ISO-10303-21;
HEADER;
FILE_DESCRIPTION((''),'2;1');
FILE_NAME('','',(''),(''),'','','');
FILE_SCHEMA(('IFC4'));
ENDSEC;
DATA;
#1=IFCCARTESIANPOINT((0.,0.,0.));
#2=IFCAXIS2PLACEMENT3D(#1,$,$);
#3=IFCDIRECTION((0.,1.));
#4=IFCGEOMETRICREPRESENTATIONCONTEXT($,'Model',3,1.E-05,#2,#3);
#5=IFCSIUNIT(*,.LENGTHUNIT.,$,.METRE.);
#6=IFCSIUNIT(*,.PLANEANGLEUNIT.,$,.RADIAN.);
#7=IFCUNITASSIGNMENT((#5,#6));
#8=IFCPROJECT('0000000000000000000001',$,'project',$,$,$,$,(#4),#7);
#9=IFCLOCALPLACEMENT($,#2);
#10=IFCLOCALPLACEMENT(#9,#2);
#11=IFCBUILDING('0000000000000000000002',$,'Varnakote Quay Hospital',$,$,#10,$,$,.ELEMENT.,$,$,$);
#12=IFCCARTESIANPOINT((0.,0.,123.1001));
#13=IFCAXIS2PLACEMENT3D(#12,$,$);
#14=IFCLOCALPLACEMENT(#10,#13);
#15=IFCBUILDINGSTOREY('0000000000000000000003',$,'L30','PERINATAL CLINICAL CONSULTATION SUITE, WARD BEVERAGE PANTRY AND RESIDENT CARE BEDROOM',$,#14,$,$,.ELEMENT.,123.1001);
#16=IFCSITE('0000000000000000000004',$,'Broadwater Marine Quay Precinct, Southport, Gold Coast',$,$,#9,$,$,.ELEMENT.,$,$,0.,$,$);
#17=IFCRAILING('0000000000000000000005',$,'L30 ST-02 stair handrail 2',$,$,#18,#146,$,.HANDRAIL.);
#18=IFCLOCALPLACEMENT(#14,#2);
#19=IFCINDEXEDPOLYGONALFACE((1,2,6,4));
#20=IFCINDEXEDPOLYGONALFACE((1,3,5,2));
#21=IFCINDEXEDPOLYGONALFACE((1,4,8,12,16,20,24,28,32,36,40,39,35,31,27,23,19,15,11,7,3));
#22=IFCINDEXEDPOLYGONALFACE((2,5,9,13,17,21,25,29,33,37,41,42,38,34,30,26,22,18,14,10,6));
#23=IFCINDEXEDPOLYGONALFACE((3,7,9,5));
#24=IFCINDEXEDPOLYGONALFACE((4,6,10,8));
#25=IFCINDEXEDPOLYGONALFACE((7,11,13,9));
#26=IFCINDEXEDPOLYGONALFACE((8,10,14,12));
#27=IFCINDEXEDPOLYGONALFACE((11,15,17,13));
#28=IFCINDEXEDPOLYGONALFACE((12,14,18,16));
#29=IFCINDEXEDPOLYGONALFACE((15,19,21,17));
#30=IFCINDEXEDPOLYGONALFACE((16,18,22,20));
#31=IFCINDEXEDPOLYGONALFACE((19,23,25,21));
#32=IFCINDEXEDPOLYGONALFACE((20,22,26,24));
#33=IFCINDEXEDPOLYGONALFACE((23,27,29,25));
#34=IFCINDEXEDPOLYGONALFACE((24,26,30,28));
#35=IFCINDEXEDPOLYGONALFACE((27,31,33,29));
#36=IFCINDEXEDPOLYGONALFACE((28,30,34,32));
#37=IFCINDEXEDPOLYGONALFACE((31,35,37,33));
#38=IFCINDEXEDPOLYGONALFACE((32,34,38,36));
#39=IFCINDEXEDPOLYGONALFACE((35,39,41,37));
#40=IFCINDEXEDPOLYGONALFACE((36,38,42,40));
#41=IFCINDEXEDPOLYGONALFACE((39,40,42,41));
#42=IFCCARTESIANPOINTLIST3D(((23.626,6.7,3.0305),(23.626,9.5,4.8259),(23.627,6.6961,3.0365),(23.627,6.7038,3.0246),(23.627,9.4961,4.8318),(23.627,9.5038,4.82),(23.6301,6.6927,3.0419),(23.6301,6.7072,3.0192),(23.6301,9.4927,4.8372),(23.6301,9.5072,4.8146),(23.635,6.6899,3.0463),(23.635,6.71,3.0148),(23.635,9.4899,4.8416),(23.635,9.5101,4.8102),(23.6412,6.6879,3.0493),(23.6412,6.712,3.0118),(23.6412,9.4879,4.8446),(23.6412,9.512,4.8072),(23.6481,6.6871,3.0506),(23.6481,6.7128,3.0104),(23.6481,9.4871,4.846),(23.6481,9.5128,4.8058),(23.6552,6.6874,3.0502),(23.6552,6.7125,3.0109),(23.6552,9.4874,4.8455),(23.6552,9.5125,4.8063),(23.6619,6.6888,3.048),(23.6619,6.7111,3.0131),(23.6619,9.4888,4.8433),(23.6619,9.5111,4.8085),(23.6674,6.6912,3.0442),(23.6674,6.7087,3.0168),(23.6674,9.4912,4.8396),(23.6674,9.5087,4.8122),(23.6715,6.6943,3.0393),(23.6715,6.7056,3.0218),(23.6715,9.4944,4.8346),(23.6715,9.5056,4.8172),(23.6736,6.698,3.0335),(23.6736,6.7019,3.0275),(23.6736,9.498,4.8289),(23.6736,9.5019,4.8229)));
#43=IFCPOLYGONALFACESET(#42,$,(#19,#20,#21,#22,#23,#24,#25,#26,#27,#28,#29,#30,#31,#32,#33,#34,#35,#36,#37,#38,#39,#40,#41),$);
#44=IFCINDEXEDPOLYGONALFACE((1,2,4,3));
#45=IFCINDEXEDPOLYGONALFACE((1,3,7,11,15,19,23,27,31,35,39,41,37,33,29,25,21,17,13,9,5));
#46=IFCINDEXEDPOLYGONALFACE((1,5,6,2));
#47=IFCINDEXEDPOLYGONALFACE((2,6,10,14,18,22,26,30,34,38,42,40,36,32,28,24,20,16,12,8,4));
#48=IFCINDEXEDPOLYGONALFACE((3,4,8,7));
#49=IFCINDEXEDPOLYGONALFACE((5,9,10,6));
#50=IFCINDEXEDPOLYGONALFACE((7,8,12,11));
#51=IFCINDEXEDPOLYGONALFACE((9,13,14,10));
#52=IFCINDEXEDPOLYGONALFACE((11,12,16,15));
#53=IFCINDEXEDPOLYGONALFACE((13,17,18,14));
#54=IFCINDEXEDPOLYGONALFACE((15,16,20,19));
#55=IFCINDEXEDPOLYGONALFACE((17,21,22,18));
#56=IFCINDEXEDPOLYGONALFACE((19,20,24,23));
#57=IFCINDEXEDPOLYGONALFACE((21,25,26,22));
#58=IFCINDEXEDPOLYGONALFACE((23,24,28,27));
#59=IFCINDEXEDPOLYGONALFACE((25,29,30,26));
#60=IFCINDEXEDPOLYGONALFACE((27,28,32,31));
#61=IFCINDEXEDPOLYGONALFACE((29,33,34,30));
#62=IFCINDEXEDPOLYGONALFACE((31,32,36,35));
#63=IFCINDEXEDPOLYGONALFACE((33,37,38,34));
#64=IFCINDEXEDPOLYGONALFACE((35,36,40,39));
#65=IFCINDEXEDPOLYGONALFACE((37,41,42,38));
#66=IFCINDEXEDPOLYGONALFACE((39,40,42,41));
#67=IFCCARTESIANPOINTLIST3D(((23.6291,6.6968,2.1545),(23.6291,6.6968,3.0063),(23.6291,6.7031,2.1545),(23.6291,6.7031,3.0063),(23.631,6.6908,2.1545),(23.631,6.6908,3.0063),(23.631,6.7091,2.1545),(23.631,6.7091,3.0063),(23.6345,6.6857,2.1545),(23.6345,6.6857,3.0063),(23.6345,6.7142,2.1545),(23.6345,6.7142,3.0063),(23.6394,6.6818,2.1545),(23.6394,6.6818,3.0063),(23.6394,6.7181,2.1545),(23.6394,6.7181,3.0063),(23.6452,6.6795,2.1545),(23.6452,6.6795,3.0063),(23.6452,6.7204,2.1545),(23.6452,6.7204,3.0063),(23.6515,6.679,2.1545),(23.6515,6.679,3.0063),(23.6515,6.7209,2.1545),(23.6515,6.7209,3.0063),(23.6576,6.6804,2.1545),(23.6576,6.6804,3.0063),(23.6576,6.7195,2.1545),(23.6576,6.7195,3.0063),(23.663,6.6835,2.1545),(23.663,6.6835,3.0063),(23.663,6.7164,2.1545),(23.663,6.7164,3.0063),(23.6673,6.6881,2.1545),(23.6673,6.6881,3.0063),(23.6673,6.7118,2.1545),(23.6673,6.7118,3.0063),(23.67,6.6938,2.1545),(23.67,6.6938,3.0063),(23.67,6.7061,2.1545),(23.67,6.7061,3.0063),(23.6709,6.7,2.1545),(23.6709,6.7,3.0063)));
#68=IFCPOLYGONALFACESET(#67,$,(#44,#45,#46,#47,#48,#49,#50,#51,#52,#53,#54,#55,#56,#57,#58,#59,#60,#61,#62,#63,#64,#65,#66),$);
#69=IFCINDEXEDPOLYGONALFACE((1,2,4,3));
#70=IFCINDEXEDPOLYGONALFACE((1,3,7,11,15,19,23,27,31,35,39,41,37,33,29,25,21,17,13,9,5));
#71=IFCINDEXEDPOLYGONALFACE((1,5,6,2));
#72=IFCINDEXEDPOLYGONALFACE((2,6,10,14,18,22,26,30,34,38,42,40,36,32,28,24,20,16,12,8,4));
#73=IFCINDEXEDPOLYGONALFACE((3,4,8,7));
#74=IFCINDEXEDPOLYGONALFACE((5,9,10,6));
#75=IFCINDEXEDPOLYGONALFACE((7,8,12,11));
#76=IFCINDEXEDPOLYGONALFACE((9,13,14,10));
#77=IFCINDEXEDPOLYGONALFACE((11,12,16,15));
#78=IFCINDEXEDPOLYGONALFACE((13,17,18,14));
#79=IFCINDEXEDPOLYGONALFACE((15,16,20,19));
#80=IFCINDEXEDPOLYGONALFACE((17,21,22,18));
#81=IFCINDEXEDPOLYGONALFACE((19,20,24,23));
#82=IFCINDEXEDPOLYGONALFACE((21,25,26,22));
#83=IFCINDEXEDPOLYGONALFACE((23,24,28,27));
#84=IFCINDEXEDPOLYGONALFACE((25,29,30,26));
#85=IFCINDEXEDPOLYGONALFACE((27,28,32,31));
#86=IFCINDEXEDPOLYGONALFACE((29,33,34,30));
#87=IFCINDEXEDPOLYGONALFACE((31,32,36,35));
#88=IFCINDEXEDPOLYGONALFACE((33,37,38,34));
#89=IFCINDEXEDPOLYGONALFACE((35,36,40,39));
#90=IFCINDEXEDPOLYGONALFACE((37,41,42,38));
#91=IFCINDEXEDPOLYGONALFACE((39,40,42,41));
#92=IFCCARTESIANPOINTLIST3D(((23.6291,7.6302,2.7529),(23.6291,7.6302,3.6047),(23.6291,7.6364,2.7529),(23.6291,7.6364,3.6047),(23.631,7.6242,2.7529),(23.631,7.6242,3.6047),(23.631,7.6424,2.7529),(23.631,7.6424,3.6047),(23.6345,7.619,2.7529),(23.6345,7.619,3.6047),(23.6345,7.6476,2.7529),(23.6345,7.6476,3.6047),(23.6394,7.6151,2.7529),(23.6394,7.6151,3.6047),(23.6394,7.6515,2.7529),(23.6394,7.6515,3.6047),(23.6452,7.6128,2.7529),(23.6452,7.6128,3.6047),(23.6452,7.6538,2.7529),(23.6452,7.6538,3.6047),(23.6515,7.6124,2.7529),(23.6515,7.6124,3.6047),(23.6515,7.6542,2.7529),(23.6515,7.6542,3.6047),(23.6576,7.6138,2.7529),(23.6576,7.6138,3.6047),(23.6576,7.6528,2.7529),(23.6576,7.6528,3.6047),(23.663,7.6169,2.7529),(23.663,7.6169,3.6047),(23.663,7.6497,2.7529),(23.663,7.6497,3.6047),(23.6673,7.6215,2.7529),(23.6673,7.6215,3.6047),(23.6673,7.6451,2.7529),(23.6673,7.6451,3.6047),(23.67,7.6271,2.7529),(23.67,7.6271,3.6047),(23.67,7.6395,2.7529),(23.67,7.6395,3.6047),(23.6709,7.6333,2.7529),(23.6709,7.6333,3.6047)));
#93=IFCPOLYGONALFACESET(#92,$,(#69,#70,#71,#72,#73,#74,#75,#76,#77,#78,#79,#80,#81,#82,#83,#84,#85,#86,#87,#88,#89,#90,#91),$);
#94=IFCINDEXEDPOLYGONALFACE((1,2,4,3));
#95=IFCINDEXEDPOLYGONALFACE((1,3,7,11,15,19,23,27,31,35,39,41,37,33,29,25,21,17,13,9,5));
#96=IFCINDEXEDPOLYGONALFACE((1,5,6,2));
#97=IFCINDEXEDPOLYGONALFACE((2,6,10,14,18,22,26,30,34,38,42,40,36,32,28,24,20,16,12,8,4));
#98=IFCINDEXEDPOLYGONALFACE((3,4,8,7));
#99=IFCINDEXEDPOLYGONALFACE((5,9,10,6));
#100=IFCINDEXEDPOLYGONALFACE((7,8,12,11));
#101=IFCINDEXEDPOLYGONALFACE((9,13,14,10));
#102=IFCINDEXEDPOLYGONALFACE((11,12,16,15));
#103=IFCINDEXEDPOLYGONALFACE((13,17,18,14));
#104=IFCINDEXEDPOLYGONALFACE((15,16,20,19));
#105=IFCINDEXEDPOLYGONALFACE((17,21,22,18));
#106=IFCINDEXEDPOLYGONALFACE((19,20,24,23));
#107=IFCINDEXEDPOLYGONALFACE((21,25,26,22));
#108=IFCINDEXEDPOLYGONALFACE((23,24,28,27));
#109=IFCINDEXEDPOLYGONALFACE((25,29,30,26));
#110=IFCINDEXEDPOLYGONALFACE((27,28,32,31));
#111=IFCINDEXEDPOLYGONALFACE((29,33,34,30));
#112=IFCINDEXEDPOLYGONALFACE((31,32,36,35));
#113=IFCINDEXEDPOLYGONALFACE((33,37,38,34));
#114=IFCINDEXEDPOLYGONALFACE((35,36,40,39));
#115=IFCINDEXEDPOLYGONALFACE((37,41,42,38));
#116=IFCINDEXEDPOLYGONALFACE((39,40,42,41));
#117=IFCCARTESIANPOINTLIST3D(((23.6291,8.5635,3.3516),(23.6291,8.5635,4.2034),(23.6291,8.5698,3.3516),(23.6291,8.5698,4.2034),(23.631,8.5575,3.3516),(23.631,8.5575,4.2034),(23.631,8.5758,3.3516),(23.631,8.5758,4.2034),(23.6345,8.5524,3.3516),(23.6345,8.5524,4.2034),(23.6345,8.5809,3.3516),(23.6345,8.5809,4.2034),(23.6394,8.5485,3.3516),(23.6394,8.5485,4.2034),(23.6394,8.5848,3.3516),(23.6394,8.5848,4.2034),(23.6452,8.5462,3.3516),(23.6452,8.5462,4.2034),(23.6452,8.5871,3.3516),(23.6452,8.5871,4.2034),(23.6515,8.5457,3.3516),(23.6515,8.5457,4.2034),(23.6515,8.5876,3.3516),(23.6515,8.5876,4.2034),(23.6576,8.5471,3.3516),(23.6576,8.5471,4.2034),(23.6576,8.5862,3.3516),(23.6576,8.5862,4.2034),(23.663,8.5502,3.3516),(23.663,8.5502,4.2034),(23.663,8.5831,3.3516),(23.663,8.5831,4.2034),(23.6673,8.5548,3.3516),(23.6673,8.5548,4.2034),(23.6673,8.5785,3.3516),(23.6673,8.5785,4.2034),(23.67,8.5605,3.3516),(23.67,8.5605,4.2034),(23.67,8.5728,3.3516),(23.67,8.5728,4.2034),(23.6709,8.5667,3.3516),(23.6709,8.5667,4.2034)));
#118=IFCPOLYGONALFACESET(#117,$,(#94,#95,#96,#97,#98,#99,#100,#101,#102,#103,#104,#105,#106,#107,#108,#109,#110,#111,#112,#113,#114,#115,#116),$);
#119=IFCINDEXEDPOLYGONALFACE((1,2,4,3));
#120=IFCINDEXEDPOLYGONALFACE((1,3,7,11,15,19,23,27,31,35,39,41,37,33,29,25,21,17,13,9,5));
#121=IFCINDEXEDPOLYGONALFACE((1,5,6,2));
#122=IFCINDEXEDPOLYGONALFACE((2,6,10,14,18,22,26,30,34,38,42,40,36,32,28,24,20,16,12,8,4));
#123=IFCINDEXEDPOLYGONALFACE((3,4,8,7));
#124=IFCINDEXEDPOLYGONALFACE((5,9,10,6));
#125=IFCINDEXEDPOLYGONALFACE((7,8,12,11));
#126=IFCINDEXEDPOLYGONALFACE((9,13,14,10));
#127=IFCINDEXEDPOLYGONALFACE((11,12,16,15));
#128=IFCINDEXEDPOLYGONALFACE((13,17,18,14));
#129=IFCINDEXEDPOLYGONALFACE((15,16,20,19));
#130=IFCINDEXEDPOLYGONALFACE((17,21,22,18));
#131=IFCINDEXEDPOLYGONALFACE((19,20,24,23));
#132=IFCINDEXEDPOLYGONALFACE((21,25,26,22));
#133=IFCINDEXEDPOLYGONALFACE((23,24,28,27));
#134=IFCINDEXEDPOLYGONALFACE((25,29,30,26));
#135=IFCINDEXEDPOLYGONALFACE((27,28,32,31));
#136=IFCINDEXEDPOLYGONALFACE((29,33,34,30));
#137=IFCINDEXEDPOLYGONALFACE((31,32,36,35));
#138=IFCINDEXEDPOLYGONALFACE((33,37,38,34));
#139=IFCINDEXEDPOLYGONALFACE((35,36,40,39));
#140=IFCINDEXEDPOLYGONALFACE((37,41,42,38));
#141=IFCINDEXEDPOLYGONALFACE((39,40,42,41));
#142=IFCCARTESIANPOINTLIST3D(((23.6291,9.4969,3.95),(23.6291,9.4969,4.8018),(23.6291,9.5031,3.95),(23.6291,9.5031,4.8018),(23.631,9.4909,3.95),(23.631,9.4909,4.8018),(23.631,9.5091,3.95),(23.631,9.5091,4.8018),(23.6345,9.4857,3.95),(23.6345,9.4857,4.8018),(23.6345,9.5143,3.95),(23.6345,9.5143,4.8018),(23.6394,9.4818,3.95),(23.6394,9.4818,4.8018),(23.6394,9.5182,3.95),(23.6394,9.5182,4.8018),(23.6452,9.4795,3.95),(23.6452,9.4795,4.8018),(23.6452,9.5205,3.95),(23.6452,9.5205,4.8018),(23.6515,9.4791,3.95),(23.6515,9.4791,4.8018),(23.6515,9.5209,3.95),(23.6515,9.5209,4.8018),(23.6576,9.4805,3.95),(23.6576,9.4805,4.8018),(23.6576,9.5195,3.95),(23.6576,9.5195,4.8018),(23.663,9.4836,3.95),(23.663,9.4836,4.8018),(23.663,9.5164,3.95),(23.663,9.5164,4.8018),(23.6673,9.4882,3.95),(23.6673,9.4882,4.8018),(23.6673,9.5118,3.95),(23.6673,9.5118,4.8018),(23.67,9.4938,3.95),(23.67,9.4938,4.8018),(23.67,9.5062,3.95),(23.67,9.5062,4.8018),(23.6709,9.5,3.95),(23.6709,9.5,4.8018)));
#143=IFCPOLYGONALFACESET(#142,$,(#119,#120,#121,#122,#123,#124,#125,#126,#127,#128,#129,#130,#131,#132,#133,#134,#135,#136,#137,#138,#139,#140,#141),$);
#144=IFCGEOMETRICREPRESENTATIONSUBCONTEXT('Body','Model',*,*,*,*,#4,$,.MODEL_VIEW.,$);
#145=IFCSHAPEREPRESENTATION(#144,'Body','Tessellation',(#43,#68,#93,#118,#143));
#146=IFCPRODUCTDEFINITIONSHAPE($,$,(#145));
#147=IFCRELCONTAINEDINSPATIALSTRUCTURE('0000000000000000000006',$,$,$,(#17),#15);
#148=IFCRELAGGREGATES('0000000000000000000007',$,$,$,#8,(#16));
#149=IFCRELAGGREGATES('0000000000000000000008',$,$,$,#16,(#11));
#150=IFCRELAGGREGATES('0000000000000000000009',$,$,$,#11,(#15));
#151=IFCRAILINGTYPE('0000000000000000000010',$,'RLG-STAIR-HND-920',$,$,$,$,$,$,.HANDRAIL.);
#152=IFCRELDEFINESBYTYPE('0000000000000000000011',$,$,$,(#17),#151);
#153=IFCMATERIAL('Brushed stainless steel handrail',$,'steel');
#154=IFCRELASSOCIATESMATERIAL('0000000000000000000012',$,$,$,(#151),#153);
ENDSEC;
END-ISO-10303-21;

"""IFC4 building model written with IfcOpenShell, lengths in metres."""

from ifc_helpers import new_model, si_unit, direction, frame, origin, origin_2d, place, context, subcontext, project, spatial, circle, extrude, material, type_object, element, save


model = new_model("IFC4")

# Units and contexts
model_context = context("Model", 3, precision=1e-05, world=origin(), true_north=direction((0.0, 1.0)))
body_context = subcontext(model_context, "Body", "Model", "MODEL_VIEW")
ifc_project = project(units=[si_unit("LENGTHUNIT", "METRE"), si_unit("PLANEANGLEUNIT", "RADIAN")], contexts=[model_context])

# Site, building, storey
site_placement = place(None, origin())
site = spatial("IfcSite", under=ifc_project, at=site_placement, Name="Broadwater Marine Quay Precinct, Southport, Gold Coast", CompositionType="ELEMENT", RefElevation=0.0)
building_placement = place(site_placement, origin())
building = spatial("IfcBuilding", under=site, at=building_placement, Name="Varnakote Quay Hospital", CompositionType="ELEMENT")
storey_placement = place(building_placement, frame((0.0, 0.0, 123.1001)))
storey = spatial("IfcBuildingStorey", under=building, at=storey_placement, Name="L30", Description="PERINATAL CLINICAL CONSULTATION SUITE, WARD BEVERAGE PANTRY AND RESIDENT CARE BEDROOM", CompositionType="ELEMENT", Elevation=123.1001)

# Railing
ifc_material_1 = material(Name="Brushed stainless steel handrail", Category="steel")
railing_type_1 = type_object("IfcRailingType", Name="RLG-STAIR-HND-920", PredefinedType="HANDRAIL", material=ifc_material_1)
railing_1_placement = place(storey_placement, frame((23.6499, 6.7, 2.1545)))
element("IfcRailing", 1, at=railing_1_placement, inside=storey, type_object=railing_type_1, Name="L30 ST-02 stair handrail 2", PredefinedType="HANDRAIL", context=body_context, shape_type="SweptSolid", body=[
    extrude(circle(Radius=0.0239, at=origin_2d()), frame((0.0, 0.0, 0.876), z_axis=(0.0, 0.84181, 0.539774), x_axis=(-1.0, 0.0, 0.0)), (0.0, 0.0, 1.0), 3.3262),
    extrude(circle(Radius=0.021, at=origin_2d()), origin(), (0.0, 0.0, 1.0), 0.8518),
    extrude(circle(Radius=0.021, at=origin_2d()), frame((0.0, 0.9333, 0.5984)), (0.0, 0.0, 1.0), 0.8518),
    extrude(circle(Radius=0.021, at=origin_2d()), frame((0.0, 1.8667, 1.197)), (0.0, 0.0, 1.0), 0.8518),
    extrude(circle(Radius=0.021, at=origin_2d()), frame((0.0, 2.8, 1.7954)), (0.0, 0.0, 1.0), 0.8518),
])

save(model, "model.ifc")
